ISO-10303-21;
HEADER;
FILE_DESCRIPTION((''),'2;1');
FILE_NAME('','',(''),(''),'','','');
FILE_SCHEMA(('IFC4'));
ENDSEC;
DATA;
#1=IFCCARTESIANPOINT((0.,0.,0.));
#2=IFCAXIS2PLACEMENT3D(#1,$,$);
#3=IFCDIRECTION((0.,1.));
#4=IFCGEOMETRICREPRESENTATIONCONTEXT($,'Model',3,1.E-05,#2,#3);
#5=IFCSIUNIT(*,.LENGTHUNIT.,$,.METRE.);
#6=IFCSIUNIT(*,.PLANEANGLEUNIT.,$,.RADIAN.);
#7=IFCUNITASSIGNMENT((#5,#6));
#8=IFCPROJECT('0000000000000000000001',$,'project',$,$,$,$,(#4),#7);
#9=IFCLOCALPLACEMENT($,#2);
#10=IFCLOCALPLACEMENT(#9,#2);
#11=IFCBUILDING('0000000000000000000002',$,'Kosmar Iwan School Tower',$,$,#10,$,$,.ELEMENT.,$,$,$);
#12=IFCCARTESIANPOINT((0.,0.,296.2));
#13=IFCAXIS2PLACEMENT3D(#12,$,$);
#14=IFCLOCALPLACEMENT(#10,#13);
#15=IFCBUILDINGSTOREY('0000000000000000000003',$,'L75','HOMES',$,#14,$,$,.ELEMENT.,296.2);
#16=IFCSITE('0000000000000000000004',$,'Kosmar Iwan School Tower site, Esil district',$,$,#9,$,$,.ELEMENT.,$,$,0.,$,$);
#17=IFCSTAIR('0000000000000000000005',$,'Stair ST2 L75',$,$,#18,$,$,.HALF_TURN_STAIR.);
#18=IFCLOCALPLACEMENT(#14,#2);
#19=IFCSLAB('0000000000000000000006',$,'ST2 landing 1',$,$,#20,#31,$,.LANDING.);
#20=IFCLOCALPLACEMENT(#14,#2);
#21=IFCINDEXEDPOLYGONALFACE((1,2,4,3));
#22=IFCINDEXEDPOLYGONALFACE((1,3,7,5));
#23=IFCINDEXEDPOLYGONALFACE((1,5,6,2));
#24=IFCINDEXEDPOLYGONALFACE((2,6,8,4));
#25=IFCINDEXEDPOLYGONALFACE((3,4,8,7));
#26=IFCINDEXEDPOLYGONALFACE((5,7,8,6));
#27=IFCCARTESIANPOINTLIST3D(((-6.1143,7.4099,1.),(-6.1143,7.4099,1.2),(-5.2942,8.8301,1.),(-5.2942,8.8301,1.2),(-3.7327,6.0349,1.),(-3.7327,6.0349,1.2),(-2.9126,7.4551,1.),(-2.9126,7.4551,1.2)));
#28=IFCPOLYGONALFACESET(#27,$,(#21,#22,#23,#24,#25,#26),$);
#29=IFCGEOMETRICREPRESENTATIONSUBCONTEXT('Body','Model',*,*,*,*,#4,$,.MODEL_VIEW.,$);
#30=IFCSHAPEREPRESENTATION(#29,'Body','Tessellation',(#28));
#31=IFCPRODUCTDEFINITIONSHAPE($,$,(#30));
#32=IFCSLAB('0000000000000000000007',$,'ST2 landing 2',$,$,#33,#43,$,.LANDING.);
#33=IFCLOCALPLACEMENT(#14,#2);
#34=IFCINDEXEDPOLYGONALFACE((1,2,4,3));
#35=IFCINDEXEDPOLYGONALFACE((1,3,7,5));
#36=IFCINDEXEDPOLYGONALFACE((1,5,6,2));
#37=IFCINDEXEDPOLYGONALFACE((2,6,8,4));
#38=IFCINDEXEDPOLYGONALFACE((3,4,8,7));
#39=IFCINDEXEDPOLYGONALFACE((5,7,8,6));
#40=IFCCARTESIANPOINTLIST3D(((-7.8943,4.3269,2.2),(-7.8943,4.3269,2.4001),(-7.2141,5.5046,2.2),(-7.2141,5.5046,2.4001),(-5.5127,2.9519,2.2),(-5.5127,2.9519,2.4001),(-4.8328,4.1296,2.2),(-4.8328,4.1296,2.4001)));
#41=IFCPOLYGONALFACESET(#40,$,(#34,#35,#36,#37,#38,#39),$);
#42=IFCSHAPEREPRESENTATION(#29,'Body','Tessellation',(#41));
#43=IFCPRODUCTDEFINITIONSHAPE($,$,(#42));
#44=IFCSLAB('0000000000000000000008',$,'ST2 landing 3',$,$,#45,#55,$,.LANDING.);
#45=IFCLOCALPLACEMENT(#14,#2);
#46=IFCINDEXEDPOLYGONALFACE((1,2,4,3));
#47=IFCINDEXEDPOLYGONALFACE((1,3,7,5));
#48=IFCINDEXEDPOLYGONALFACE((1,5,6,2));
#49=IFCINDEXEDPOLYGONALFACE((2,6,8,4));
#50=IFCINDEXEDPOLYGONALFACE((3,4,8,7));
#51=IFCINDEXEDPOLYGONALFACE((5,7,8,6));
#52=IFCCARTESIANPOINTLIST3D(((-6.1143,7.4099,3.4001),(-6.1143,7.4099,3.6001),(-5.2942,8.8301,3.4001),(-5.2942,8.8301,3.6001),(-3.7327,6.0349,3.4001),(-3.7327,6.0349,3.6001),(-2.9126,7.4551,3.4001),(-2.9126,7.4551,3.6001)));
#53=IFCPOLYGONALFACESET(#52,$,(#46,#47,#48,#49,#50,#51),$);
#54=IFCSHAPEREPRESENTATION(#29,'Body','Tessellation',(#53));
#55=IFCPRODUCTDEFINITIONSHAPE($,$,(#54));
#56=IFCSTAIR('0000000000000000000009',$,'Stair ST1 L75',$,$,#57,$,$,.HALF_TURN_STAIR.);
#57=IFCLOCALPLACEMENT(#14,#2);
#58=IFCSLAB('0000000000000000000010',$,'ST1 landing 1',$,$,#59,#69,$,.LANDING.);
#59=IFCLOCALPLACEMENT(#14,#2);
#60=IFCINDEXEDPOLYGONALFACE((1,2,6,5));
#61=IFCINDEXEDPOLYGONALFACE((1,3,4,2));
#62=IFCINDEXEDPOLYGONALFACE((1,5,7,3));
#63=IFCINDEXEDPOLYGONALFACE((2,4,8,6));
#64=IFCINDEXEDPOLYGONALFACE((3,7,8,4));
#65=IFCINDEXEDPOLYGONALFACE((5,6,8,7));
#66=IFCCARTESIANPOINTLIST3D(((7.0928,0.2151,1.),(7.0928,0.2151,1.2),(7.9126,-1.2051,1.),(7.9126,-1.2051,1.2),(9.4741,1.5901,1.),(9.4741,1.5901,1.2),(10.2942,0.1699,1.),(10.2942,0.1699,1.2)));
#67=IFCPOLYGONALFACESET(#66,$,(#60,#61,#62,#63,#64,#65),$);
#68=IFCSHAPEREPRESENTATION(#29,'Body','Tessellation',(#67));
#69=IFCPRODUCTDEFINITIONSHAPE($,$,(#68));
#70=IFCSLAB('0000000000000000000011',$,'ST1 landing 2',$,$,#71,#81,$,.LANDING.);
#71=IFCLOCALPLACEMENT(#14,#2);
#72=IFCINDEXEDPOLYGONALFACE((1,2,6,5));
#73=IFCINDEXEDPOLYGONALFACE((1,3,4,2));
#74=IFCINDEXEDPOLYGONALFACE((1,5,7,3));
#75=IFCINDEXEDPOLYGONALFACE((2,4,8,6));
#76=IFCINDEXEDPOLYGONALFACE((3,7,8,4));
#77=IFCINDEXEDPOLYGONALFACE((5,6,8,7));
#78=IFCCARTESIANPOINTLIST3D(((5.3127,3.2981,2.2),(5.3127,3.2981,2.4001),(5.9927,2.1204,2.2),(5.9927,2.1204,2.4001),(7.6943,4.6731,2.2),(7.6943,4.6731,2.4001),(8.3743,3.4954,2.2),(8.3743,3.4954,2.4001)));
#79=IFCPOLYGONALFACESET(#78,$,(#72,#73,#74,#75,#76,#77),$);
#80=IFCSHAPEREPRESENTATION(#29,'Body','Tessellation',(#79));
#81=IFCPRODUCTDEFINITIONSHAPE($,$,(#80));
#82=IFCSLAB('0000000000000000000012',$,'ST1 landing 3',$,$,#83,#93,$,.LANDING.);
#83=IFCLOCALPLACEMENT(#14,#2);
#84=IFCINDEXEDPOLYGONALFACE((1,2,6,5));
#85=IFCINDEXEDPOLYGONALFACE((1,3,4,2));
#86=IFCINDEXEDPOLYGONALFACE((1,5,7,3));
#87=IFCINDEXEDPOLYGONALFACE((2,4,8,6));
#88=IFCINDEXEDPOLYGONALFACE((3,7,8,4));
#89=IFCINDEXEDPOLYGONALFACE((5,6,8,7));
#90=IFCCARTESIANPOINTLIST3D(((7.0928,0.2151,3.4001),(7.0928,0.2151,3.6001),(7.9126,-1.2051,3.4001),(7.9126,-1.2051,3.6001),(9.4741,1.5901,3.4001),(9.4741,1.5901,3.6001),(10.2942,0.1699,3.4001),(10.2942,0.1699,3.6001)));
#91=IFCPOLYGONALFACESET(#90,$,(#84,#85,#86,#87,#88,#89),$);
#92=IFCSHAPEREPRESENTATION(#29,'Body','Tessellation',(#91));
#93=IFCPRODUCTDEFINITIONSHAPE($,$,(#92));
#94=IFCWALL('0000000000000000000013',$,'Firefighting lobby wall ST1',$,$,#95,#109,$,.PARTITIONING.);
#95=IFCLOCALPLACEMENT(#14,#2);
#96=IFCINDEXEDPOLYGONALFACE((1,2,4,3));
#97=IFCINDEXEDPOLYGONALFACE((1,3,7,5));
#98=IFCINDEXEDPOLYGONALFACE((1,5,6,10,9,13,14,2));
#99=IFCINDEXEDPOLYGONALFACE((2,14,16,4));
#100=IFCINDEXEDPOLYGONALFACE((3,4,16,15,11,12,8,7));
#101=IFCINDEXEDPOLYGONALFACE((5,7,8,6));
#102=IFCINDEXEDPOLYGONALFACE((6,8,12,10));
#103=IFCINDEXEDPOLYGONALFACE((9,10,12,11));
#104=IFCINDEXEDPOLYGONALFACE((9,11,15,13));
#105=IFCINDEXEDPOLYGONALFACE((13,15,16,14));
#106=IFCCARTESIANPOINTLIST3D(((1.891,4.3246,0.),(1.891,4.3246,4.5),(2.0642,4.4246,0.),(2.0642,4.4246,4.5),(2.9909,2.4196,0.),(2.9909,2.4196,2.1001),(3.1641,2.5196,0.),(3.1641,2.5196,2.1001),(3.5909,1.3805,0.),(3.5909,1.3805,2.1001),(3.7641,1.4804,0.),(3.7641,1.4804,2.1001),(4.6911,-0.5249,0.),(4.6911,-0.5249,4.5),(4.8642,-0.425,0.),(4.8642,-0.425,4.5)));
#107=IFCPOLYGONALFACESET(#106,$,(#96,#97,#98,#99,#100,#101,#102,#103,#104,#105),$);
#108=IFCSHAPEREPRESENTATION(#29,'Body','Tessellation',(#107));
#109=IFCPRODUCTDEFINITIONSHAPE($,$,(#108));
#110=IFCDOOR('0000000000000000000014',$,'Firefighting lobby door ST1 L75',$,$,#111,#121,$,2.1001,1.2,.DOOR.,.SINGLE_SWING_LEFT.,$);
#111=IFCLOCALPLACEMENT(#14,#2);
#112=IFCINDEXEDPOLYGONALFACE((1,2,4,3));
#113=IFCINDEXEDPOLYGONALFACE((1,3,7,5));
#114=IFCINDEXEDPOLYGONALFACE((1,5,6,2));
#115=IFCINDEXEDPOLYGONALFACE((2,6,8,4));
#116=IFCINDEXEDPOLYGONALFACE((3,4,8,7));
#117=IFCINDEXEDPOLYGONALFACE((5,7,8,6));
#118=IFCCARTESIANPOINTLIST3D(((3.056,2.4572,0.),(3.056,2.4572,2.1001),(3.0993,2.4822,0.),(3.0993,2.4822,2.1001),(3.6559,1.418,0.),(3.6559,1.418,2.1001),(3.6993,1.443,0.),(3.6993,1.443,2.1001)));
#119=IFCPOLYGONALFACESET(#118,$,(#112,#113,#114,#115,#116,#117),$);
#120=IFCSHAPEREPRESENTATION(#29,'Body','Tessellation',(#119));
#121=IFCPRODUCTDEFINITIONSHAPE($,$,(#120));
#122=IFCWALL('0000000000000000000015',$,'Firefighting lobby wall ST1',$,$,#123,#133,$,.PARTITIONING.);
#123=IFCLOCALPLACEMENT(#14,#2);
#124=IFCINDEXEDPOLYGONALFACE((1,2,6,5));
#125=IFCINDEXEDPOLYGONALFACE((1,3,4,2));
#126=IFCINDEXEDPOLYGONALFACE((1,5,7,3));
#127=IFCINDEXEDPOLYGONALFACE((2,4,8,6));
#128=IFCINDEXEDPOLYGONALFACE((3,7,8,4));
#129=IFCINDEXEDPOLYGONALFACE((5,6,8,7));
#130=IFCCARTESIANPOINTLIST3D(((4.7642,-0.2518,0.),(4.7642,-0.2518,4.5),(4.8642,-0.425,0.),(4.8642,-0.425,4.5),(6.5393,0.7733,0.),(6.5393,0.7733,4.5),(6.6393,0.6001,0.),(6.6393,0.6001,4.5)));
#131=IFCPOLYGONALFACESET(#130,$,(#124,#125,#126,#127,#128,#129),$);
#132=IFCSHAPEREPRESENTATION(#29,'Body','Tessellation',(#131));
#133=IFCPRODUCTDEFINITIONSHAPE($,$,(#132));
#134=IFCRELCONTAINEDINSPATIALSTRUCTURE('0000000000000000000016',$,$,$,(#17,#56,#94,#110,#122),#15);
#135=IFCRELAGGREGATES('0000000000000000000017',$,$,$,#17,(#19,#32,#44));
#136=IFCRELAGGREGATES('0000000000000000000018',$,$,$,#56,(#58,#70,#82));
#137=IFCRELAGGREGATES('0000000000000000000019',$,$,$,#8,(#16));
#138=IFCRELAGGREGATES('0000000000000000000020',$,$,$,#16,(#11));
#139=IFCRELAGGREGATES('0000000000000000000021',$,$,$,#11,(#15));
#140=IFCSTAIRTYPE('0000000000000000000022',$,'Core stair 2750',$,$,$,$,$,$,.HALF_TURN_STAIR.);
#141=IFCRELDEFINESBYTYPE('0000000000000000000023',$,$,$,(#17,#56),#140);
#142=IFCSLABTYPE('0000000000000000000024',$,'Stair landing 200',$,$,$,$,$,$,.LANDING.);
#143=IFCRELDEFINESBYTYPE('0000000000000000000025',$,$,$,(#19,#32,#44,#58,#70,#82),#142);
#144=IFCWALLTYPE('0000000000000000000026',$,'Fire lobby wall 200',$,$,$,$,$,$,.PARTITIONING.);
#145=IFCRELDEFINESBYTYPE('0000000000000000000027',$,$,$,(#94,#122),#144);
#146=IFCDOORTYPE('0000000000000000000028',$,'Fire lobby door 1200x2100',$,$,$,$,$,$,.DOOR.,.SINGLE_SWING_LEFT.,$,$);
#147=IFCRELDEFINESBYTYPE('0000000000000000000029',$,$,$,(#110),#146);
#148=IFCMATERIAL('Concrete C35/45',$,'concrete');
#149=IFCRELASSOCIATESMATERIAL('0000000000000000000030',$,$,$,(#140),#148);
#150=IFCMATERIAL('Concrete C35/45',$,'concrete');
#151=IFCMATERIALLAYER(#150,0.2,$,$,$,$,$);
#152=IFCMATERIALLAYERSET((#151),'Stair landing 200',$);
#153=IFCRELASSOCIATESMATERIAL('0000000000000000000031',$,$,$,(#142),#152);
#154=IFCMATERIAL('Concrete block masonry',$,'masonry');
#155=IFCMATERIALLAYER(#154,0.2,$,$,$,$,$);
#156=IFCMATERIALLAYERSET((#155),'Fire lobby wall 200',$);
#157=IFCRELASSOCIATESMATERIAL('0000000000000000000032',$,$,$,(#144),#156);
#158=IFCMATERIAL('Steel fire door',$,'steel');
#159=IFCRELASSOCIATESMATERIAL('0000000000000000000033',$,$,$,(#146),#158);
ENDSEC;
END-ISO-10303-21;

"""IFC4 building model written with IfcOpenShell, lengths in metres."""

from ifc_helpers import new_model, si_unit, direction, frame, frame_2d, origin, place, context, subcontext, project, spatial, polyline, rectangle, outline, extrude, material, layer, layer_set, type_object, element, fill, aggregate, save


model = new_model("IFC4")

# Units and contexts
model_context = context("Model", 3, precision=1e-05, world=origin(), true_north=direction((0.0, 1.0)))
body_context = subcontext(model_context, "Body", "Model", "MODEL_VIEW")
ifc_project = project(units=[si_unit("LENGTHUNIT", "METRE"), si_unit("PLANEANGLEUNIT", "RADIAN")], contexts=[model_context])

# Site, building, storey
site_placement = place(None, origin())
site = spatial("IfcSite", under=ifc_project, at=site_placement, Name="Kosmar Iwan School Tower site, Esil district", CompositionType="ELEMENT", RefElevation=0.0)
building_placement = place(site_placement, origin())
building = spatial("IfcBuilding", under=site, at=building_placement, Name="Kosmar Iwan School Tower", CompositionType="ELEMENT")
storey_placement = place(building_placement, frame((0.0, 0.0, 296.2)))
storey = spatial("IfcBuildingStorey", under=building, at=storey_placement, Name="L75", Description="HOMES", CompositionType="ELEMENT", Elevation=296.2)

# Stairs, slabs
ifc_material_1 = material(Name="Concrete C35/45", Category="concrete")
stair_type = type_object("IfcStairType", Name="Core stair 2750", PredefinedType="HALF_TURN_STAIR", material=ifc_material_1)
stair_1_placement = place(storey_placement, origin())
stair_1 = element("IfcStair", 1, at=stair_1_placement, inside=storey, type_object=stair_type, Name="Stair ST2 L75", PredefinedType="HALF_TURN_STAIR")
ifc_material_2 = material(Name="Concrete C35/45", Category="concrete")
ifc_layer_1 = layer(ifc_material_2, 0.2)
ifc_layer_set_1 = layer_set([ifc_layer_1], Name="Stair landing 200")
slab_type = type_object("IfcSlabType", Name="Stair landing 200", PredefinedType="LANDING", material=ifc_layer_set_1)
slab_1_placement = place(storey_placement, frame((0.0, 0.0, 1.0)))
slab_1 = element("IfcSlab", 2, at=slab_1_placement, type_object=slab_type, Name="ST2 landing 1", PredefinedType="LANDING", context=body_context, shape_type="SweptSolid", body=[
    extrude(outline(polyline([(-2.9126, 7.4551), (-5.2942, 8.8301), (-6.1143, 7.4099), (-3.7327, 6.0349), (-2.9126, 7.4551)])), origin(), (0.0, 0.0, 1.0), 0.2),
])
slab_2_placement = place(storey_placement, frame((0.0, 0.0, 2.2)))
slab_2 = element("IfcSlab", 3, at=slab_2_placement, type_object=slab_type, Name="ST2 landing 2", PredefinedType="LANDING", context=body_context, shape_type="SweptSolid", body=[
    extrude(outline(polyline([(-4.8328, 4.1296), (-7.2141, 5.5046), (-7.8943, 4.3269), (-5.5127, 2.9519), (-4.8328, 4.1296)])), origin(), (0.0, 0.0, 1.0), 0.2002),
])
slab_3_placement = place(storey_placement, frame((0.0, 0.0, 3.4001)))
slab_3 = element("IfcSlab", 4, at=slab_3_placement, type_object=slab_type, Name="ST2 landing 3", PredefinedType="LANDING", context=body_context, shape_type="SweptSolid", body=[
    extrude(outline(polyline([(-2.9126, 7.4551), (-5.2942, 8.8301), (-6.1143, 7.4099), (-3.7327, 6.0349), (-2.9126, 7.4551)])), origin(), (0.0, 0.0, 1.0), 0.2),
])
aggregate(stair_1, [slab_1, slab_2, slab_3])
stair_2_placement = place(storey_placement, origin())
stair_2 = element("IfcStair", 5, at=stair_2_placement, inside=storey, type_object=stair_type, Name="Stair ST1 L75", PredefinedType="HALF_TURN_STAIR")
slab_4_placement = place(storey_placement, frame((0.0, 0.0, 1.0)))
slab_4 = element("IfcSlab", 6, at=slab_4_placement, type_object=slab_type, Name="ST1 landing 1", PredefinedType="LANDING", context=body_context, shape_type="SweptSolid", body=[
    extrude(outline(polyline([(7.9126, -1.2051), (10.2942, 0.1699), (9.4741, 1.5901), (7.0928, 0.2151), (7.9126, -1.2051)])), origin(), (0.0, 0.0, 1.0), 0.2),
])
slab_5_placement = place(storey_placement, frame((0.0, 0.0, 2.2)))
slab_5 = element("IfcSlab", 7, at=slab_5_placement, type_object=slab_type, Name="ST1 landing 2", PredefinedType="LANDING", context=body_context, shape_type="SweptSolid", body=[
    extrude(outline(polyline([(5.9927, 2.1204), (8.3743, 3.4954), (7.6943, 4.6731), (5.3127, 3.2981), (5.9927, 2.1204)])), origin(), (0.0, 0.0, 1.0), 0.2002),
])
slab_6_placement = place(storey_placement, frame((0.0, 0.0, 3.4001)))
slab_6 = element("IfcSlab", 8, at=slab_6_placement, type_object=slab_type, Name="ST1 landing 3", PredefinedType="LANDING", context=body_context, shape_type="SweptSolid", body=[
    extrude(outline(polyline([(7.9126, -1.2051), (10.2942, 0.1699), (9.4741, 1.5901), (7.0928, 0.2151), (7.9126, -1.2051)])), origin(), (0.0, 0.0, 1.0), 0.2),
])
aggregate(stair_2, [slab_4, slab_5, slab_6])

# Wall, opening, door
ifc_material_3 = material(Name="Concrete block masonry", Category="masonry")
ifc_layer_2 = layer(ifc_material_3, 0.2)
ifc_layer_set_2 = layer_set([ifc_layer_2], Name="Fire lobby wall 200")
wall_type = type_object("IfcWallType", Name="Fire lobby wall 200", PredefinedType="PARTITIONING", material=ifc_layer_set_2)
wall_1_placement = place(storey_placement, frame((4.7776, -0.4749, 0.0), z_axis=(0.0, 0.0, 1.0), x_axis=(-0.500017, 0.866016, 0.0)))
wall_1 = element("IfcWall", 9, at=wall_1_placement, inside=storey, type_object=wall_type, Name="Firefighting lobby wall ST1", PredefinedType="PARTITIONING", context=body_context, shape_type="SweptSolid", body=[
    extrude(rectangle(XDim=5.5999, YDim=0.2, at=frame_2d((2.7998, 0.0))), origin(), (0.0, 0.0, 1.0), 4.5),
])
opening_placement = place(wall_1_placement, frame((2.2, 0.0, 0.0)))
opening = element("IfcOpeningElement", 10, at=opening_placement, cuts=wall_1, PredefinedType="OPENING", context=body_context, shape_type="SweptSolid", body=[
    extrude(rectangle(XDim=1.2, YDim=2.1001, at=frame_2d((0.6001, 1.05))), frame((0.0, 0.1121, 0.0), z_axis=(0.0, -1.0, 0.0), x_axis=(1.0, 0.0, 0.0)), (0.0, 0.0, 1.0), 0.2239),
])
ifc_material_4 = material(Name="Steel fire door", Category="steel")
door_type = type_object("IfcDoorType", Name="Fire lobby door 1200x2100", OperationType="SINGLE_SWING_LEFT", PredefinedType="DOOR", material=ifc_material_4)
door_placement = place(opening_placement, origin())
door = element("IfcDoor", 11, at=door_placement, inside=storey, type_object=door_type, Name="Firefighting lobby door ST1 L75", OperationType="SINGLE_SWING_LEFT", OverallHeight=2.1001, OverallWidth=1.2, PredefinedType="DOOR", context=body_context, shape_type="SweptSolid", body=[
    extrude(rectangle(XDim=1.2, YDim=2.1001, at=frame_2d((0.6001, 1.05))), frame((0.0, 0.0249, 0.0), z_axis=(0.0, -1.0, 0.0), x_axis=(1.0, 0.0, 0.0)), (0.0, 0.0, 1.0), 0.05),
])
fill(opening, door)

# Wall
wall_2_placement = place(storey_placement, frame((4.8142, -0.3384, 0.0), z_axis=(0.0, 0.0, 1.0), x_axis=(0.865969, 0.500097, 0.0)))
element("IfcWall", 12, at=wall_2_placement, inside=storey, type_object=wall_type, Name="Firefighting lobby wall ST1", PredefinedType="PARTITIONING", context=body_context, shape_type="SweptSolid", body=[
    extrude(rectangle(XDim=2.0498, YDim=0.2, at=frame_2d((1.0249, 0.0))), origin(), (0.0, 0.0, 1.0), 4.5),
])

save(model, "model.ifc")
